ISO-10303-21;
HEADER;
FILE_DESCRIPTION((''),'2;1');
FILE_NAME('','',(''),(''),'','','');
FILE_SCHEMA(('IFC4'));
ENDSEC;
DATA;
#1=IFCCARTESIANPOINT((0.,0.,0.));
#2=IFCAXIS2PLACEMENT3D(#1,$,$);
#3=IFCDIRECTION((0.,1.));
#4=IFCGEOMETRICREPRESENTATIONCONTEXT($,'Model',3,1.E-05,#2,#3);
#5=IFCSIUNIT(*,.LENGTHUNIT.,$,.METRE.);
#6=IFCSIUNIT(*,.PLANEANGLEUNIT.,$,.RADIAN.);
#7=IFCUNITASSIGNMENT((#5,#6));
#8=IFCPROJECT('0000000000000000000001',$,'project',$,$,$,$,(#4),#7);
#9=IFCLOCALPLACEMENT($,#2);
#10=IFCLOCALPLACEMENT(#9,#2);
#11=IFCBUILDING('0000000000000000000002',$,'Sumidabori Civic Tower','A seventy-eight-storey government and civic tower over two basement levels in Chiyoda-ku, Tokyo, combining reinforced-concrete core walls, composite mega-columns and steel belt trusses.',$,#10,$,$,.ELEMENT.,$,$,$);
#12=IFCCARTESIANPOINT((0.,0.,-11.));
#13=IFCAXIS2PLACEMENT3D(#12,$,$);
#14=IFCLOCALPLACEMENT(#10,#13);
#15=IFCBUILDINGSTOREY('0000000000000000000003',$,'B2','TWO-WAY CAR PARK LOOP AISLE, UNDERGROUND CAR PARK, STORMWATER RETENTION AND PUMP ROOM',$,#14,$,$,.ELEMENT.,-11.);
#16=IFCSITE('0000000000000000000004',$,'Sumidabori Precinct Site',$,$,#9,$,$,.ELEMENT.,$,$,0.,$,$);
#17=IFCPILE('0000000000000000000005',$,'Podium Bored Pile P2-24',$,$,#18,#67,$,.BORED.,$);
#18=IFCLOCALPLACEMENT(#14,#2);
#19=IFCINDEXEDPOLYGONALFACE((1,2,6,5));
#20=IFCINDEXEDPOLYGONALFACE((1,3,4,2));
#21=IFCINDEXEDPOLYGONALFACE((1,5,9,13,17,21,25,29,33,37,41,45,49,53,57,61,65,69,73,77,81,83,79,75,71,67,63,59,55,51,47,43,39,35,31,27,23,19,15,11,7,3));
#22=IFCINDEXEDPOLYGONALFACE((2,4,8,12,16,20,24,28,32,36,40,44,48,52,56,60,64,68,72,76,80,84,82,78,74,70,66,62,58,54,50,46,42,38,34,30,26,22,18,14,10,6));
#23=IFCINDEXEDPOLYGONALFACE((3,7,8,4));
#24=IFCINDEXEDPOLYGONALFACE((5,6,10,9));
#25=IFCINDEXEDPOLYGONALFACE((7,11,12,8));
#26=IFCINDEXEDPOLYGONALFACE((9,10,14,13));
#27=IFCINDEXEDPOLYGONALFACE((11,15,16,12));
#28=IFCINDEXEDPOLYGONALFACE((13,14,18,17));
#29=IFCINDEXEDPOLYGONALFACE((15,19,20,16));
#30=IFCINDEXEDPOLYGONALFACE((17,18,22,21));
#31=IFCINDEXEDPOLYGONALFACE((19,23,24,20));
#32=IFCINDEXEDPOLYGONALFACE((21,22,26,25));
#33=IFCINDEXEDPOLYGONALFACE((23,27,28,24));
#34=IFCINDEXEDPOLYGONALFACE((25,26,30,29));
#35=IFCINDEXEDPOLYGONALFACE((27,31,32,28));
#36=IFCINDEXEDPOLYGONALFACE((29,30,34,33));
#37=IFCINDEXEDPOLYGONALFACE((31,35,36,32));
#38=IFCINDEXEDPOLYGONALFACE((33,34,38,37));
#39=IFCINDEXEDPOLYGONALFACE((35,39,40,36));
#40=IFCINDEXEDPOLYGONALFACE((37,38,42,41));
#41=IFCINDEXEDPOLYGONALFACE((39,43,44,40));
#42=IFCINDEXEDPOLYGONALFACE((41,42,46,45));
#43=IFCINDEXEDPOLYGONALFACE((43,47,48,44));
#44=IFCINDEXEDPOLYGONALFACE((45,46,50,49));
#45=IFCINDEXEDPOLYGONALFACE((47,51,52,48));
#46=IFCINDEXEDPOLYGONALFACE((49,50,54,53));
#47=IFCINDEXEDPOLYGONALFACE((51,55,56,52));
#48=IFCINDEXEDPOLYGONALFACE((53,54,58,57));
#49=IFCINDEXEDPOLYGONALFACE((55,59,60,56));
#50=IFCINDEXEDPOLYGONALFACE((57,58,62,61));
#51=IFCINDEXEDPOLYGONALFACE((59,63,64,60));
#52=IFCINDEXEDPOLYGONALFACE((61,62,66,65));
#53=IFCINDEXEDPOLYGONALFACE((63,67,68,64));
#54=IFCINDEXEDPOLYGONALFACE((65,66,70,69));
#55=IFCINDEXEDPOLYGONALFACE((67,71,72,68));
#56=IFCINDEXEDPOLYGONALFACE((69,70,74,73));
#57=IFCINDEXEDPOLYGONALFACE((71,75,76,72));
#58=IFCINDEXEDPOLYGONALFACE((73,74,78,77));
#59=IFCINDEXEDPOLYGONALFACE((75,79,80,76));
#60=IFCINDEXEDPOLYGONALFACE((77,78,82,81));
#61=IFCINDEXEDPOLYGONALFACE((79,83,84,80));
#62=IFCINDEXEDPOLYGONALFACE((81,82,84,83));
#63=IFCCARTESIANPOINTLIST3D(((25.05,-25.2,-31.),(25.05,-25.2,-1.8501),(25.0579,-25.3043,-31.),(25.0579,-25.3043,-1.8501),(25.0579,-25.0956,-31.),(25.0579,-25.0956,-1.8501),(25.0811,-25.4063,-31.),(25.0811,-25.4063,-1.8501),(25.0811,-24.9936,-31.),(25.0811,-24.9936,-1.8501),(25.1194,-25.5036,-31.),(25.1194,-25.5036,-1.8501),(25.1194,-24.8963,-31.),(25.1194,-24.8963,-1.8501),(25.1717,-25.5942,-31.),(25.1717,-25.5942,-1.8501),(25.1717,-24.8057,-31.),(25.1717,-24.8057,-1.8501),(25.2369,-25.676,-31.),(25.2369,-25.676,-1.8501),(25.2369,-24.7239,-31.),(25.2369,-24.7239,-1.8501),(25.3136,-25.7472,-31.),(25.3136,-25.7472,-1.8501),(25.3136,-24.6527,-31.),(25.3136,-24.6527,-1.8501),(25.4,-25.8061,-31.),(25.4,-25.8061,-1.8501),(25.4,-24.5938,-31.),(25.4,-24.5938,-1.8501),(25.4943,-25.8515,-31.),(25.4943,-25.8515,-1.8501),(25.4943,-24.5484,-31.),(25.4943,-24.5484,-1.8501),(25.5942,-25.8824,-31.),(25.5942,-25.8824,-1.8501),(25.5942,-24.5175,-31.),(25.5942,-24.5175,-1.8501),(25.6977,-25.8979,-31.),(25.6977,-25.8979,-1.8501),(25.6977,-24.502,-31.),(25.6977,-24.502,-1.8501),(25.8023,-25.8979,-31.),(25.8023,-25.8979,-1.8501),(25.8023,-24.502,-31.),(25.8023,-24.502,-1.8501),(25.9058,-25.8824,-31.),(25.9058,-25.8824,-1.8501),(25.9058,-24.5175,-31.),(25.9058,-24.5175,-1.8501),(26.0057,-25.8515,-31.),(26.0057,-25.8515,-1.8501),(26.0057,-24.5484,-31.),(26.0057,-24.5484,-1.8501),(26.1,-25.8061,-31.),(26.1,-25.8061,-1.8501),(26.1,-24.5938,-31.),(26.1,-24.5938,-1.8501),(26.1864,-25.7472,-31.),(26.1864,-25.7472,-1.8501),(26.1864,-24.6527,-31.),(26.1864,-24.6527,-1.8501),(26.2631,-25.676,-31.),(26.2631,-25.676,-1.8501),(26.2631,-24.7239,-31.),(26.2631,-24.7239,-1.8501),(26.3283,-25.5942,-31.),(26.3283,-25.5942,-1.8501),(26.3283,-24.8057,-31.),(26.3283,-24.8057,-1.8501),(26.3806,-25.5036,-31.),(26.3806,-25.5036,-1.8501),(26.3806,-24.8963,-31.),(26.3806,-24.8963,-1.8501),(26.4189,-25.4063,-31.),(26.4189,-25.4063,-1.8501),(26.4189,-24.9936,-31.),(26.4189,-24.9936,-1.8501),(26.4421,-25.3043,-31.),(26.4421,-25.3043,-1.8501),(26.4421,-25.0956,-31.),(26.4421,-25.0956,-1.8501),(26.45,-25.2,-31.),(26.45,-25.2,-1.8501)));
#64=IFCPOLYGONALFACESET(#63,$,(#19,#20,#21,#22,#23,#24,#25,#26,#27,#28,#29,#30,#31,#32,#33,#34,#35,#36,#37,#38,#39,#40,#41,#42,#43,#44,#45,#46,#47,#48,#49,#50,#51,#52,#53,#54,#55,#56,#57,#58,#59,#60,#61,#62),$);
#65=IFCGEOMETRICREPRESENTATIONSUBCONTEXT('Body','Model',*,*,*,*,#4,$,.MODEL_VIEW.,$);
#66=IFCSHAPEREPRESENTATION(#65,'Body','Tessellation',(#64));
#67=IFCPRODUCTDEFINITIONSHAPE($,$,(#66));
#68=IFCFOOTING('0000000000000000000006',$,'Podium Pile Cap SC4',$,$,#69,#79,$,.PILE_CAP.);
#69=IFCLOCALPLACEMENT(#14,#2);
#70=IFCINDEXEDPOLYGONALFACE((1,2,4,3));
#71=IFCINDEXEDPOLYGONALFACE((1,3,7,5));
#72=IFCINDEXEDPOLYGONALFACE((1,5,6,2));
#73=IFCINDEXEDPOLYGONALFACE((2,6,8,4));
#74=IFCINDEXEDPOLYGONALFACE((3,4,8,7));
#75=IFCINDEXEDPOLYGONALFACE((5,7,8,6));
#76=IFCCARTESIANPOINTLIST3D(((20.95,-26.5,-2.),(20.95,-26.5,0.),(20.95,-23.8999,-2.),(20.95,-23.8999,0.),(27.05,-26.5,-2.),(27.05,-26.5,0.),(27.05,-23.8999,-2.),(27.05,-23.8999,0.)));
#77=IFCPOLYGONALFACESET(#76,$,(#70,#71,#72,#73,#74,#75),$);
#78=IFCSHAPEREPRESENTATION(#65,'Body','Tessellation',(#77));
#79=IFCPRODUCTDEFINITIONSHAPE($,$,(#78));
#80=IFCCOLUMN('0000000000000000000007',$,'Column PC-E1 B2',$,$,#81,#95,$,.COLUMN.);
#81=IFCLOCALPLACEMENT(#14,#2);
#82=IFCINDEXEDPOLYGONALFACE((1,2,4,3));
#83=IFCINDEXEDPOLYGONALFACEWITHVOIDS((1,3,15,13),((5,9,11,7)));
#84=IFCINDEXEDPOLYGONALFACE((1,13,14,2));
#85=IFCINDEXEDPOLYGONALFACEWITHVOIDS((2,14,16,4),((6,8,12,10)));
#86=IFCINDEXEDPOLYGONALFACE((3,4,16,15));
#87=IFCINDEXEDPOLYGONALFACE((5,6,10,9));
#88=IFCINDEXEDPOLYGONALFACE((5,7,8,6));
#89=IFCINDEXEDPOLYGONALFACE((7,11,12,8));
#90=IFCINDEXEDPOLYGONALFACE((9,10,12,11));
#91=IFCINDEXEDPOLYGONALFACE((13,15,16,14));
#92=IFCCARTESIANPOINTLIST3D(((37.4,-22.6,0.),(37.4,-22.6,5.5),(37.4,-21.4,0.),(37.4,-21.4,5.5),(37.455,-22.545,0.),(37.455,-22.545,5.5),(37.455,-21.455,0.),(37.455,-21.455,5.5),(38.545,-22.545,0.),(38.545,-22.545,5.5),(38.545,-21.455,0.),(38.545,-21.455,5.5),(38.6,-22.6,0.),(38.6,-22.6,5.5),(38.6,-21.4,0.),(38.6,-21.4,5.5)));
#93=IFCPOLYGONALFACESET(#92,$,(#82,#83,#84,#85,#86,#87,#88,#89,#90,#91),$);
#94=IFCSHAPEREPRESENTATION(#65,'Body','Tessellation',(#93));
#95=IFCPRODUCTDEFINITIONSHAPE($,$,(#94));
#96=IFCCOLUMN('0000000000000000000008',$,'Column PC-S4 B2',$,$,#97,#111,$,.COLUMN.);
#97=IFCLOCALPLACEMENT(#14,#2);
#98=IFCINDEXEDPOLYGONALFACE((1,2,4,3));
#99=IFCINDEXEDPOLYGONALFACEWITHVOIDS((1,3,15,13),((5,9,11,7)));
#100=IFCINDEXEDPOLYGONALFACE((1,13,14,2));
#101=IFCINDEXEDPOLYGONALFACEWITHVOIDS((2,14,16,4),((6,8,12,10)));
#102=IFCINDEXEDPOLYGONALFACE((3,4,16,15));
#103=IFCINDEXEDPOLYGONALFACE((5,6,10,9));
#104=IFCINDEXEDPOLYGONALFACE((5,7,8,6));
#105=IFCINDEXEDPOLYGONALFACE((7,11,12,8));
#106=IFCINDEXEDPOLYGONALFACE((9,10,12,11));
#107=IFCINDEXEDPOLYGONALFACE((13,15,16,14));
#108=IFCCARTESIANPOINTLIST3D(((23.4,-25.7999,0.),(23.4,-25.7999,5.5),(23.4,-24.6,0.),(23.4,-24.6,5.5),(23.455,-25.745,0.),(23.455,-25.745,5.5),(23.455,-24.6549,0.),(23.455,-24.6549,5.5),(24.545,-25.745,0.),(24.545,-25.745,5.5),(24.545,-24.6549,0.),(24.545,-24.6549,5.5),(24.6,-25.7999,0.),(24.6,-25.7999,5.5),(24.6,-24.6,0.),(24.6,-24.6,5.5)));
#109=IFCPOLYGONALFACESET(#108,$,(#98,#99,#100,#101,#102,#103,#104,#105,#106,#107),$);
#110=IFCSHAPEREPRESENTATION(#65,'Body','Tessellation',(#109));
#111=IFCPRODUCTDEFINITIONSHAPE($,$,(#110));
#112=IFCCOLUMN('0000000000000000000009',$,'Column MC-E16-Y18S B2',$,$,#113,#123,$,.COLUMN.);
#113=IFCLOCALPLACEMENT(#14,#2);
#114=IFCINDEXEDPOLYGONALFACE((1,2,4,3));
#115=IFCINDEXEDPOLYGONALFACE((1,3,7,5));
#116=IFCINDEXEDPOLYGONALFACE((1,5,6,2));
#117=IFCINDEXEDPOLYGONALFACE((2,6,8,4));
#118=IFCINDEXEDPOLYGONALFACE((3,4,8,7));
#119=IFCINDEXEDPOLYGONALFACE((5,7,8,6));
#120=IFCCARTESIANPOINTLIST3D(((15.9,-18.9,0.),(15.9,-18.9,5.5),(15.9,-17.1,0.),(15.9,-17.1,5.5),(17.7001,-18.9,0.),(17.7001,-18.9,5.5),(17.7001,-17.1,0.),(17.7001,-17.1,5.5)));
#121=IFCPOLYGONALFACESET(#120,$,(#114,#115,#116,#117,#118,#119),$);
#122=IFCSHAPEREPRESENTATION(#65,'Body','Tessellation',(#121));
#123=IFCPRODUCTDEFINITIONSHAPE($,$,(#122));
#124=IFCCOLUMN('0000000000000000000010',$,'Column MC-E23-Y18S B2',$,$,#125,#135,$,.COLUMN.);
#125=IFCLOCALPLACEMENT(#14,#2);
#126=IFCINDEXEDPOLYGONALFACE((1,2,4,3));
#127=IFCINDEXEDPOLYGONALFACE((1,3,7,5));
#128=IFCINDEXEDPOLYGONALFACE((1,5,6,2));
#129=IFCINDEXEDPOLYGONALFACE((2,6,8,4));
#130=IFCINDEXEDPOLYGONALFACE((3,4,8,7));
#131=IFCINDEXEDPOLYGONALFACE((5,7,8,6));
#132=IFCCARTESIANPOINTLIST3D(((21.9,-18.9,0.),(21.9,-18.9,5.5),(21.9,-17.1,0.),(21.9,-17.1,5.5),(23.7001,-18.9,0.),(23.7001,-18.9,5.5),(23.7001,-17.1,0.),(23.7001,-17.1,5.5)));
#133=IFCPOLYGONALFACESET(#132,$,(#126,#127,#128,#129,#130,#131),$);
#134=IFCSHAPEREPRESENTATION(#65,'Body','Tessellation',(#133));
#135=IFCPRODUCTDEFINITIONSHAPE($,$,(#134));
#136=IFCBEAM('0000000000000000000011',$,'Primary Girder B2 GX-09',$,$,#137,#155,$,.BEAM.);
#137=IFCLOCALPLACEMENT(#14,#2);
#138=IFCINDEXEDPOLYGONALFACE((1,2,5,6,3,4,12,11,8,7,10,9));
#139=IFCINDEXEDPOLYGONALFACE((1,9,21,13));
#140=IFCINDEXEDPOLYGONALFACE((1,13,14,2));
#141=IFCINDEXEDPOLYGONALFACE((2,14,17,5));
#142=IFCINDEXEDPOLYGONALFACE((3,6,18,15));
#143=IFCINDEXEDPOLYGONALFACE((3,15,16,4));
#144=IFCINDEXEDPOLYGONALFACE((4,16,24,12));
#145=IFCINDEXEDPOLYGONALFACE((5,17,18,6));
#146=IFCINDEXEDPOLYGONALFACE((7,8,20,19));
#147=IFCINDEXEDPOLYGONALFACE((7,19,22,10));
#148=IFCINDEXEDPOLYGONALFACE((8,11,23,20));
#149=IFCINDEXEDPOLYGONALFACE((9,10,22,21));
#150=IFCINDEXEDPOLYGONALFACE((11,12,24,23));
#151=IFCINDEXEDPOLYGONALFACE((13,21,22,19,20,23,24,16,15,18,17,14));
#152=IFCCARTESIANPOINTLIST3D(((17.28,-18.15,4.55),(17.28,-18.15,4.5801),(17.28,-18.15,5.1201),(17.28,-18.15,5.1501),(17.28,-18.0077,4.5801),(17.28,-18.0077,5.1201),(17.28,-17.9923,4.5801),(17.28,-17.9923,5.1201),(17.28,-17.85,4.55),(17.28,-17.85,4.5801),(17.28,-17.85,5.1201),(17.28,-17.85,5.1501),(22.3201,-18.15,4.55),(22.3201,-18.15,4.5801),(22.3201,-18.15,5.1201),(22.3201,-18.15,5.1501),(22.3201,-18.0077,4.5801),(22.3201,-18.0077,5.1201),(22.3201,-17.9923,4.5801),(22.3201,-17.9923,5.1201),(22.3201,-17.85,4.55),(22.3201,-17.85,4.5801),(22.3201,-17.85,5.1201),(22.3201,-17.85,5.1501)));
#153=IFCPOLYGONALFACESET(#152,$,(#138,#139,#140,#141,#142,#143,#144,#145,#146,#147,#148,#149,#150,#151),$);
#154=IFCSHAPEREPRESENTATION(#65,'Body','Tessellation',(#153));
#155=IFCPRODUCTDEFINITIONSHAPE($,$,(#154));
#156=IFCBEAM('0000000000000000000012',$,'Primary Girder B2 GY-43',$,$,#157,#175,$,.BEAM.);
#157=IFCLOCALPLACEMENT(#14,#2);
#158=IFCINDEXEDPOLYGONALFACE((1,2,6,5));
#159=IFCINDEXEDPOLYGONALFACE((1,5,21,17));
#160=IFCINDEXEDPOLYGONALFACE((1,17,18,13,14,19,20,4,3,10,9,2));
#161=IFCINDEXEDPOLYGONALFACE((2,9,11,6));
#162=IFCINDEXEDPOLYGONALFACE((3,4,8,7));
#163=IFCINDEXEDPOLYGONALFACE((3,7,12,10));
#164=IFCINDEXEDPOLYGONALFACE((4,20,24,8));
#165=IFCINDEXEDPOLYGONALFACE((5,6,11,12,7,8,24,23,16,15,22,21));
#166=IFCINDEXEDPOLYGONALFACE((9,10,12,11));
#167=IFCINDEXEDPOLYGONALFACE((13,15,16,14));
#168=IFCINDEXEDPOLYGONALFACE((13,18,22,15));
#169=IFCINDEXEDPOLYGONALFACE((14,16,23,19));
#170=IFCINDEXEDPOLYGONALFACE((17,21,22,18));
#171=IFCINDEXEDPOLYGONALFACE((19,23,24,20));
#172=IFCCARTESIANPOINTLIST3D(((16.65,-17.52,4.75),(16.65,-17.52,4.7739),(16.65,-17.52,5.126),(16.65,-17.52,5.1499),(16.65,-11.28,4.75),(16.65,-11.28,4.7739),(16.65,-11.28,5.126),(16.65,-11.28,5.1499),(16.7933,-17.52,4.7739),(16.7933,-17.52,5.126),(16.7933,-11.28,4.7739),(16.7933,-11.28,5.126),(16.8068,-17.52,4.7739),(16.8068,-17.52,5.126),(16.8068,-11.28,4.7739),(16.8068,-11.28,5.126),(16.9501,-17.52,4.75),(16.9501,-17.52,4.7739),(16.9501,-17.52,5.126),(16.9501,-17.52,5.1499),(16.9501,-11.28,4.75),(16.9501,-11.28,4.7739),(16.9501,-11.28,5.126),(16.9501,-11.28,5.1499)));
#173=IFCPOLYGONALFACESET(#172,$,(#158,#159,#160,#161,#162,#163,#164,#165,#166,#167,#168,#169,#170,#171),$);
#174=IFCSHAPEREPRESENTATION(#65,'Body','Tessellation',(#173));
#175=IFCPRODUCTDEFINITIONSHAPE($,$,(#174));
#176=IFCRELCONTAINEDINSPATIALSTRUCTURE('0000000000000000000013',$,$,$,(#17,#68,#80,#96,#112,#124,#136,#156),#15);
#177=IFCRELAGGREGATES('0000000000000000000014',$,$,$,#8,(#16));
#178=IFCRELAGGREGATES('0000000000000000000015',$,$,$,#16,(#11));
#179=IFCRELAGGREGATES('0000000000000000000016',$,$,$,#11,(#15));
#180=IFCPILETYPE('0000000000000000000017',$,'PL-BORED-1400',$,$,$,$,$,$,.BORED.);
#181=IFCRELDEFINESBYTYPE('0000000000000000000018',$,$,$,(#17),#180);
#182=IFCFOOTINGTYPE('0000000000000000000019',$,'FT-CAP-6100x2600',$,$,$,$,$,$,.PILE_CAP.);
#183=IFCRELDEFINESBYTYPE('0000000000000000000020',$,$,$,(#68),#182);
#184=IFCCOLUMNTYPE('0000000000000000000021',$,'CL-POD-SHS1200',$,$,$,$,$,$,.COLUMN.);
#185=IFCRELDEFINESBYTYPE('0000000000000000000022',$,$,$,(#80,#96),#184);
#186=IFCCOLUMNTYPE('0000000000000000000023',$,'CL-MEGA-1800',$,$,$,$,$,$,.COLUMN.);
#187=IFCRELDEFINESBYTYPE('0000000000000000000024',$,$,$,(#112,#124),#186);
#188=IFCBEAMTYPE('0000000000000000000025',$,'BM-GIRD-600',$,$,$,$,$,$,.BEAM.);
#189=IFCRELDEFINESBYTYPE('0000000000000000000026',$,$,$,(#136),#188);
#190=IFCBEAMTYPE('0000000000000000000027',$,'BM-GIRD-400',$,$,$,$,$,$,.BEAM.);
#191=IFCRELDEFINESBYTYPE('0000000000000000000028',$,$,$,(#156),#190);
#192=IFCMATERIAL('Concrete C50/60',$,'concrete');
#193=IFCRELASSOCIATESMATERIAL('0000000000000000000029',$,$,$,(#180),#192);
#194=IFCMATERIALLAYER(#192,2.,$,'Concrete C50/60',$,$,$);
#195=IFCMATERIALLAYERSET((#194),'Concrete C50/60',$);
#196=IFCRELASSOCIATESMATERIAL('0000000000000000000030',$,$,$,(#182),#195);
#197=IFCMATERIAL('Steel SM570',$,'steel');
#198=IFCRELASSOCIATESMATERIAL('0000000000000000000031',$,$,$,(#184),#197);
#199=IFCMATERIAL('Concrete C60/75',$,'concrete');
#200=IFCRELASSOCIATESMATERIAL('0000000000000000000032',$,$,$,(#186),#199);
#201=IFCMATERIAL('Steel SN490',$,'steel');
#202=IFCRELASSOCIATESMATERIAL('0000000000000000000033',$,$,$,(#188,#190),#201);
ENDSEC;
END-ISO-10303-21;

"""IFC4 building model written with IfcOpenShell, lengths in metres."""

from ifc_helpers import new_model, si_unit, direction, frame, origin, origin_2d, place, context, subcontext, project, spatial, rectangle, hollow_rectangle, circle, i_section, extrude, source, transform, mapped, material, layer, layer_set, material_profile, profile_set, type_object, element, save


model = new_model("IFC4")

# Units and contexts
model_context = context("Model", 3, precision=1e-05, world=origin(), true_north=direction((0.0, 1.0)))
body_context = subcontext(model_context, "Body", "Model", "MODEL_VIEW")
ifc_project = project(units=[si_unit("LENGTHUNIT", "METRE"), si_unit("PLANEANGLEUNIT", "RADIAN")], contexts=[model_context])

# Site, building, storey
site_placement = place(None, origin())
site = spatial("IfcSite", under=ifc_project, at=site_placement, Name="Sumidabori Precinct Site", CompositionType="ELEMENT", RefElevation=0.0)
building_placement = place(site_placement, origin())
building = spatial("IfcBuilding", under=site, at=building_placement, Name="Sumidabori Civic Tower", Description="A seventy-eight-storey government and civic tower over two basement levels in Chiyoda-ku, Tokyo, combining reinforced-concrete core walls, composite mega-columns and steel belt trusses.", CompositionType="ELEMENT")
storey_placement = place(building_placement, frame((0.0, 0.0, -11.0)))
storey = spatial("IfcBuildingStorey", under=building, at=storey_placement, Name="B2", Description="TWO-WAY CAR PARK LOOP AISLE, UNDERGROUND CAR PARK, STORMWATER RETENTION AND PUMP ROOM", CompositionType="ELEMENT", Elevation=-11.0)

# Shared definitions
ifc_material_1 = material(Name="Concrete C50/60", Category="concrete")

# Pile
ifc_material_profile_1 = material_profile(ifc_material_1, circle(Radius=0.7, at=origin_2d()), Name="BORED PILE 1400")
ifc_profile_set_1 = profile_set([ifc_material_profile_1], Name="Concrete C50/60")
pile_type = type_object("IfcPileType", Name="PL-BORED-1400", PredefinedType="BORED", material=ifc_profile_set_1)
shared_shape_1 = source(origin(), body_context, "Body", "SweptSolid", [
    extrude(circle(Radius=0.7, at=origin_2d()), origin(), (0.0, 0.0, 1.0), 29.1499),
])
for number, where, z_axis, x_axis, name in (
    (1, (25.75, -25.2, -1.8501), (0.0, 0.0, -1.0), (1.0, 0.0, 0.0), "Podium Bored Pile P2-24"),
):
    element("IfcPile", number, at=place(storey_placement, frame(where, z_axis=z_axis, x_axis=x_axis)), inside=storey, type_object=pile_type, Name=name, PredefinedType="BORED", context=body_context, shape_type="MappedRepresentation", body=[
        mapped(shared_shape_1, transform((0.0, 0.0, 0.0), x_axis=(1.0, 0.0, 0.0), y_axis=(0.0, 1.0, 0.0), z_axis=(0.0, 0.0, 1.0), scale=1.0)),
    ])

# Footing
ifc_layer_1 = layer(ifc_material_1, 2.0, Name="Concrete C50/60")
ifc_layer_set_1 = layer_set([ifc_layer_1], Name="Concrete C50/60")
footing_type_1 = type_object("IfcFootingType", Name="FT-CAP-6100x2600", PredefinedType="PILE_CAP", material=ifc_layer_set_1)
shared_shape_2 = source(origin(), body_context, "Body", "SweptSolid", [
    extrude(rectangle(XDim=6.1001, YDim=2.6001, at=origin_2d()), origin(), (0.0, 0.0, 1.0), 2.0),
])
footing_1_placement = place(storey_placement, frame((24.0, -25.2, -2.0), z_axis=(0.0, 0.0, 1.0), x_axis=(1.0, 0.0, 0.0)))
element("IfcFooting", 2, at=footing_1_placement, inside=storey, type_object=footing_type_1, Name="Podium Pile Cap SC4", PredefinedType="PILE_CAP", context=body_context, shape_type="MappedRepresentation", body=[
    mapped(shared_shape_2, transform((0.0, 0.0, 0.0), x_axis=(1.0, 0.0, 0.0), y_axis=(0.0, 1.0, 0.0), z_axis=(0.0, 0.0, 1.0), scale=1.0)),
])

# Columns
ifc_material_2 = material(Name="Steel SM570", Category="steel")
ifc_material_profile_2 = material_profile(ifc_material_2, hollow_rectangle(XDim=1.2, YDim=1.2, WallThickness=0.0549, at=origin_2d()), Name="SHS 1200x1200x55")
ifc_profile_set_2 = profile_set([ifc_material_profile_2], Name="Steel SM570")
column_type_1 = type_object("IfcColumnType", Name="CL-POD-SHS1200", PredefinedType="COLUMN", material=ifc_profile_set_2)
shared_shape_3 = source(origin(), body_context, "Body", "SweptSolid", [
    extrude(hollow_rectangle(XDim=1.2, YDim=1.2, WallThickness=0.0549, at=origin_2d()), origin(), (0.0, 0.0, 1.0), 5.5),
])
for number, where, z_axis, x_axis, name in (
    (3, (38.0, -22.0, 0.0), (0.0, 0.0, 1.0), (1.0, 0.0, 0.0), "Column PC-E1 B2"),
    (4, (24.0, -25.2, 0.0), (0.0, 0.0, 1.0), (1.0, 0.0, 0.0), "Column PC-S4 B2"),
):
    element("IfcColumn", number, at=place(storey_placement, frame(where, z_axis=z_axis, x_axis=x_axis)), inside=storey, type_object=column_type_1, Name=name, PredefinedType="COLUMN", context=body_context, shape_type="MappedRepresentation", body=[
        mapped(shared_shape_3, transform((0.0, 0.0, 0.0), x_axis=(1.0, 0.0, 0.0), y_axis=(0.0, 1.0, 0.0), z_axis=(0.0, 0.0, 1.0), scale=1.0)),
    ])
ifc_material_3 = material(Name="Concrete C60/75", Category="concrete")
ifc_material_profile_3 = material_profile(ifc_material_3, rectangle(XDim=1.8, YDim=1.8, at=origin_2d()), Name="RC 1800x1800")
ifc_profile_set_3 = profile_set([ifc_material_profile_3], Name="Concrete C60/75")
column_type_2 = type_object("IfcColumnType", Name="CL-MEGA-1800", PredefinedType="COLUMN", material=ifc_profile_set_3)
shared_shape_4 = source(origin(), body_context, "Body", "SweptSolid", [
    extrude(rectangle(XDim=1.8, YDim=1.8, at=origin_2d()), origin(), (0.0, 0.0, 1.0), 5.5),
])
for number, where, z_axis, x_axis, name in (
    (5, (16.8, -18.0, 0.0), (0.0, 0.0, 1.0), (1.0, 0.0, 0.0), "Column MC-E16-Y18S B2"),
    (6, (22.8, -18.0, 0.0), (0.0, 0.0, 1.0), (1.0, 0.0, 0.0), "Column MC-E23-Y18S B2"),
):
    element("IfcColumn", number, at=place(storey_placement, frame(where, z_axis=z_axis, x_axis=x_axis)), inside=storey, type_object=column_type_2, Name=name, PredefinedType="COLUMN", context=body_context, shape_type="MappedRepresentation", body=[
        mapped(shared_shape_4, transform((0.0, 0.0, 0.0), x_axis=(1.0, 0.0, 0.0), y_axis=(0.0, 1.0, 0.0), z_axis=(0.0, 0.0, 1.0), scale=1.0)),
    ])

# Beams
ifc_material_4 = material(Name="Steel SN490", Category="steel")
ifc_material_profile_4 = material_profile(ifc_material_4, i_section(OverallWidth=0.3, OverallDepth=0.6001, WebThickness=0.0154, FlangeThickness=0.03, at=origin_2d()), Name="HE 600 B")
ifc_profile_set_4 = profile_set([ifc_material_profile_4], Name="Steel SN490")
beam_type_1 = type_object("IfcBeamType", Name="BM-GIRD-600", PredefinedType="BEAM", material=ifc_profile_set_4)
shared_shape_5 = source(origin(), body_context, "Body", "SweptSolid", [
    extrude(i_section(OverallWidth=0.3, OverallDepth=0.6001, WebThickness=0.0154, FlangeThickness=0.03, at=origin_2d()), origin(), (0.0, 0.0, 1.0), 5.04),
])
beam_placement = place(storey_placement, frame((17.28, -18.0, 4.8501), z_axis=(1.0, 0.0, 0.0), x_axis=(0.0, 1.0, 0.0)))
element("IfcBeam", 7, at=beam_placement, inside=storey, type_object=beam_type_1, Name="Primary Girder B2 GX-09", PredefinedType="BEAM", context=body_context, shape_type="MappedRepresentation", body=[
    mapped(shared_shape_5, transform((0.0, 0.0, 0.0), x_axis=(1.0, 0.0, 0.0), y_axis=(0.0, 1.0, 0.0), z_axis=(0.0, 0.0, 1.0), scale=1.0)),
])
ifc_material_profile_5 = material_profile(ifc_material_4, i_section(OverallWidth=0.3, OverallDepth=0.3999, WebThickness=0.0134, FlangeThickness=0.0239, at=origin_2d()), Name="HE 400 B")
ifc_profile_set_5 = profile_set([ifc_material_profile_5], Name="Steel SN490")
beam_type_2 = type_object("IfcBeamType", Name="BM-GIRD-400", PredefinedType="BEAM", material=ifc_profile_set_5)
shared_shape_6 = source(origin(), body_context, "Body", "SweptSolid", [
    extrude(i_section(OverallWidth=0.3, OverallDepth=0.3999, WebThickness=0.0134, FlangeThickness=0.0239, at=origin_2d()), origin(), (0.0, 0.0, 1.0), 6.24),
])
for number, where, z_axis, x_axis, name in (
    (8, (16.8, -17.52, 4.95), (0.0, 1.0, 0.0), (-1.0, 0.0, 0.0), "Primary Girder B2 GY-43"),
):
    element("IfcBeam", number, at=place(storey_placement, frame(where, z_axis=z_axis, x_axis=x_axis)), inside=storey, type_object=beam_type_2, Name=name, PredefinedType="BEAM", context=body_context, shape_type="MappedRepresentation", body=[
        mapped(shared_shape_6, transform((0.0, 0.0, 0.0), x_axis=(1.0, 0.0, 0.0), y_axis=(0.0, 1.0, 0.0), z_axis=(0.0, 0.0, 1.0), scale=1.0)),
    ])

save(model, "model.ifc")
